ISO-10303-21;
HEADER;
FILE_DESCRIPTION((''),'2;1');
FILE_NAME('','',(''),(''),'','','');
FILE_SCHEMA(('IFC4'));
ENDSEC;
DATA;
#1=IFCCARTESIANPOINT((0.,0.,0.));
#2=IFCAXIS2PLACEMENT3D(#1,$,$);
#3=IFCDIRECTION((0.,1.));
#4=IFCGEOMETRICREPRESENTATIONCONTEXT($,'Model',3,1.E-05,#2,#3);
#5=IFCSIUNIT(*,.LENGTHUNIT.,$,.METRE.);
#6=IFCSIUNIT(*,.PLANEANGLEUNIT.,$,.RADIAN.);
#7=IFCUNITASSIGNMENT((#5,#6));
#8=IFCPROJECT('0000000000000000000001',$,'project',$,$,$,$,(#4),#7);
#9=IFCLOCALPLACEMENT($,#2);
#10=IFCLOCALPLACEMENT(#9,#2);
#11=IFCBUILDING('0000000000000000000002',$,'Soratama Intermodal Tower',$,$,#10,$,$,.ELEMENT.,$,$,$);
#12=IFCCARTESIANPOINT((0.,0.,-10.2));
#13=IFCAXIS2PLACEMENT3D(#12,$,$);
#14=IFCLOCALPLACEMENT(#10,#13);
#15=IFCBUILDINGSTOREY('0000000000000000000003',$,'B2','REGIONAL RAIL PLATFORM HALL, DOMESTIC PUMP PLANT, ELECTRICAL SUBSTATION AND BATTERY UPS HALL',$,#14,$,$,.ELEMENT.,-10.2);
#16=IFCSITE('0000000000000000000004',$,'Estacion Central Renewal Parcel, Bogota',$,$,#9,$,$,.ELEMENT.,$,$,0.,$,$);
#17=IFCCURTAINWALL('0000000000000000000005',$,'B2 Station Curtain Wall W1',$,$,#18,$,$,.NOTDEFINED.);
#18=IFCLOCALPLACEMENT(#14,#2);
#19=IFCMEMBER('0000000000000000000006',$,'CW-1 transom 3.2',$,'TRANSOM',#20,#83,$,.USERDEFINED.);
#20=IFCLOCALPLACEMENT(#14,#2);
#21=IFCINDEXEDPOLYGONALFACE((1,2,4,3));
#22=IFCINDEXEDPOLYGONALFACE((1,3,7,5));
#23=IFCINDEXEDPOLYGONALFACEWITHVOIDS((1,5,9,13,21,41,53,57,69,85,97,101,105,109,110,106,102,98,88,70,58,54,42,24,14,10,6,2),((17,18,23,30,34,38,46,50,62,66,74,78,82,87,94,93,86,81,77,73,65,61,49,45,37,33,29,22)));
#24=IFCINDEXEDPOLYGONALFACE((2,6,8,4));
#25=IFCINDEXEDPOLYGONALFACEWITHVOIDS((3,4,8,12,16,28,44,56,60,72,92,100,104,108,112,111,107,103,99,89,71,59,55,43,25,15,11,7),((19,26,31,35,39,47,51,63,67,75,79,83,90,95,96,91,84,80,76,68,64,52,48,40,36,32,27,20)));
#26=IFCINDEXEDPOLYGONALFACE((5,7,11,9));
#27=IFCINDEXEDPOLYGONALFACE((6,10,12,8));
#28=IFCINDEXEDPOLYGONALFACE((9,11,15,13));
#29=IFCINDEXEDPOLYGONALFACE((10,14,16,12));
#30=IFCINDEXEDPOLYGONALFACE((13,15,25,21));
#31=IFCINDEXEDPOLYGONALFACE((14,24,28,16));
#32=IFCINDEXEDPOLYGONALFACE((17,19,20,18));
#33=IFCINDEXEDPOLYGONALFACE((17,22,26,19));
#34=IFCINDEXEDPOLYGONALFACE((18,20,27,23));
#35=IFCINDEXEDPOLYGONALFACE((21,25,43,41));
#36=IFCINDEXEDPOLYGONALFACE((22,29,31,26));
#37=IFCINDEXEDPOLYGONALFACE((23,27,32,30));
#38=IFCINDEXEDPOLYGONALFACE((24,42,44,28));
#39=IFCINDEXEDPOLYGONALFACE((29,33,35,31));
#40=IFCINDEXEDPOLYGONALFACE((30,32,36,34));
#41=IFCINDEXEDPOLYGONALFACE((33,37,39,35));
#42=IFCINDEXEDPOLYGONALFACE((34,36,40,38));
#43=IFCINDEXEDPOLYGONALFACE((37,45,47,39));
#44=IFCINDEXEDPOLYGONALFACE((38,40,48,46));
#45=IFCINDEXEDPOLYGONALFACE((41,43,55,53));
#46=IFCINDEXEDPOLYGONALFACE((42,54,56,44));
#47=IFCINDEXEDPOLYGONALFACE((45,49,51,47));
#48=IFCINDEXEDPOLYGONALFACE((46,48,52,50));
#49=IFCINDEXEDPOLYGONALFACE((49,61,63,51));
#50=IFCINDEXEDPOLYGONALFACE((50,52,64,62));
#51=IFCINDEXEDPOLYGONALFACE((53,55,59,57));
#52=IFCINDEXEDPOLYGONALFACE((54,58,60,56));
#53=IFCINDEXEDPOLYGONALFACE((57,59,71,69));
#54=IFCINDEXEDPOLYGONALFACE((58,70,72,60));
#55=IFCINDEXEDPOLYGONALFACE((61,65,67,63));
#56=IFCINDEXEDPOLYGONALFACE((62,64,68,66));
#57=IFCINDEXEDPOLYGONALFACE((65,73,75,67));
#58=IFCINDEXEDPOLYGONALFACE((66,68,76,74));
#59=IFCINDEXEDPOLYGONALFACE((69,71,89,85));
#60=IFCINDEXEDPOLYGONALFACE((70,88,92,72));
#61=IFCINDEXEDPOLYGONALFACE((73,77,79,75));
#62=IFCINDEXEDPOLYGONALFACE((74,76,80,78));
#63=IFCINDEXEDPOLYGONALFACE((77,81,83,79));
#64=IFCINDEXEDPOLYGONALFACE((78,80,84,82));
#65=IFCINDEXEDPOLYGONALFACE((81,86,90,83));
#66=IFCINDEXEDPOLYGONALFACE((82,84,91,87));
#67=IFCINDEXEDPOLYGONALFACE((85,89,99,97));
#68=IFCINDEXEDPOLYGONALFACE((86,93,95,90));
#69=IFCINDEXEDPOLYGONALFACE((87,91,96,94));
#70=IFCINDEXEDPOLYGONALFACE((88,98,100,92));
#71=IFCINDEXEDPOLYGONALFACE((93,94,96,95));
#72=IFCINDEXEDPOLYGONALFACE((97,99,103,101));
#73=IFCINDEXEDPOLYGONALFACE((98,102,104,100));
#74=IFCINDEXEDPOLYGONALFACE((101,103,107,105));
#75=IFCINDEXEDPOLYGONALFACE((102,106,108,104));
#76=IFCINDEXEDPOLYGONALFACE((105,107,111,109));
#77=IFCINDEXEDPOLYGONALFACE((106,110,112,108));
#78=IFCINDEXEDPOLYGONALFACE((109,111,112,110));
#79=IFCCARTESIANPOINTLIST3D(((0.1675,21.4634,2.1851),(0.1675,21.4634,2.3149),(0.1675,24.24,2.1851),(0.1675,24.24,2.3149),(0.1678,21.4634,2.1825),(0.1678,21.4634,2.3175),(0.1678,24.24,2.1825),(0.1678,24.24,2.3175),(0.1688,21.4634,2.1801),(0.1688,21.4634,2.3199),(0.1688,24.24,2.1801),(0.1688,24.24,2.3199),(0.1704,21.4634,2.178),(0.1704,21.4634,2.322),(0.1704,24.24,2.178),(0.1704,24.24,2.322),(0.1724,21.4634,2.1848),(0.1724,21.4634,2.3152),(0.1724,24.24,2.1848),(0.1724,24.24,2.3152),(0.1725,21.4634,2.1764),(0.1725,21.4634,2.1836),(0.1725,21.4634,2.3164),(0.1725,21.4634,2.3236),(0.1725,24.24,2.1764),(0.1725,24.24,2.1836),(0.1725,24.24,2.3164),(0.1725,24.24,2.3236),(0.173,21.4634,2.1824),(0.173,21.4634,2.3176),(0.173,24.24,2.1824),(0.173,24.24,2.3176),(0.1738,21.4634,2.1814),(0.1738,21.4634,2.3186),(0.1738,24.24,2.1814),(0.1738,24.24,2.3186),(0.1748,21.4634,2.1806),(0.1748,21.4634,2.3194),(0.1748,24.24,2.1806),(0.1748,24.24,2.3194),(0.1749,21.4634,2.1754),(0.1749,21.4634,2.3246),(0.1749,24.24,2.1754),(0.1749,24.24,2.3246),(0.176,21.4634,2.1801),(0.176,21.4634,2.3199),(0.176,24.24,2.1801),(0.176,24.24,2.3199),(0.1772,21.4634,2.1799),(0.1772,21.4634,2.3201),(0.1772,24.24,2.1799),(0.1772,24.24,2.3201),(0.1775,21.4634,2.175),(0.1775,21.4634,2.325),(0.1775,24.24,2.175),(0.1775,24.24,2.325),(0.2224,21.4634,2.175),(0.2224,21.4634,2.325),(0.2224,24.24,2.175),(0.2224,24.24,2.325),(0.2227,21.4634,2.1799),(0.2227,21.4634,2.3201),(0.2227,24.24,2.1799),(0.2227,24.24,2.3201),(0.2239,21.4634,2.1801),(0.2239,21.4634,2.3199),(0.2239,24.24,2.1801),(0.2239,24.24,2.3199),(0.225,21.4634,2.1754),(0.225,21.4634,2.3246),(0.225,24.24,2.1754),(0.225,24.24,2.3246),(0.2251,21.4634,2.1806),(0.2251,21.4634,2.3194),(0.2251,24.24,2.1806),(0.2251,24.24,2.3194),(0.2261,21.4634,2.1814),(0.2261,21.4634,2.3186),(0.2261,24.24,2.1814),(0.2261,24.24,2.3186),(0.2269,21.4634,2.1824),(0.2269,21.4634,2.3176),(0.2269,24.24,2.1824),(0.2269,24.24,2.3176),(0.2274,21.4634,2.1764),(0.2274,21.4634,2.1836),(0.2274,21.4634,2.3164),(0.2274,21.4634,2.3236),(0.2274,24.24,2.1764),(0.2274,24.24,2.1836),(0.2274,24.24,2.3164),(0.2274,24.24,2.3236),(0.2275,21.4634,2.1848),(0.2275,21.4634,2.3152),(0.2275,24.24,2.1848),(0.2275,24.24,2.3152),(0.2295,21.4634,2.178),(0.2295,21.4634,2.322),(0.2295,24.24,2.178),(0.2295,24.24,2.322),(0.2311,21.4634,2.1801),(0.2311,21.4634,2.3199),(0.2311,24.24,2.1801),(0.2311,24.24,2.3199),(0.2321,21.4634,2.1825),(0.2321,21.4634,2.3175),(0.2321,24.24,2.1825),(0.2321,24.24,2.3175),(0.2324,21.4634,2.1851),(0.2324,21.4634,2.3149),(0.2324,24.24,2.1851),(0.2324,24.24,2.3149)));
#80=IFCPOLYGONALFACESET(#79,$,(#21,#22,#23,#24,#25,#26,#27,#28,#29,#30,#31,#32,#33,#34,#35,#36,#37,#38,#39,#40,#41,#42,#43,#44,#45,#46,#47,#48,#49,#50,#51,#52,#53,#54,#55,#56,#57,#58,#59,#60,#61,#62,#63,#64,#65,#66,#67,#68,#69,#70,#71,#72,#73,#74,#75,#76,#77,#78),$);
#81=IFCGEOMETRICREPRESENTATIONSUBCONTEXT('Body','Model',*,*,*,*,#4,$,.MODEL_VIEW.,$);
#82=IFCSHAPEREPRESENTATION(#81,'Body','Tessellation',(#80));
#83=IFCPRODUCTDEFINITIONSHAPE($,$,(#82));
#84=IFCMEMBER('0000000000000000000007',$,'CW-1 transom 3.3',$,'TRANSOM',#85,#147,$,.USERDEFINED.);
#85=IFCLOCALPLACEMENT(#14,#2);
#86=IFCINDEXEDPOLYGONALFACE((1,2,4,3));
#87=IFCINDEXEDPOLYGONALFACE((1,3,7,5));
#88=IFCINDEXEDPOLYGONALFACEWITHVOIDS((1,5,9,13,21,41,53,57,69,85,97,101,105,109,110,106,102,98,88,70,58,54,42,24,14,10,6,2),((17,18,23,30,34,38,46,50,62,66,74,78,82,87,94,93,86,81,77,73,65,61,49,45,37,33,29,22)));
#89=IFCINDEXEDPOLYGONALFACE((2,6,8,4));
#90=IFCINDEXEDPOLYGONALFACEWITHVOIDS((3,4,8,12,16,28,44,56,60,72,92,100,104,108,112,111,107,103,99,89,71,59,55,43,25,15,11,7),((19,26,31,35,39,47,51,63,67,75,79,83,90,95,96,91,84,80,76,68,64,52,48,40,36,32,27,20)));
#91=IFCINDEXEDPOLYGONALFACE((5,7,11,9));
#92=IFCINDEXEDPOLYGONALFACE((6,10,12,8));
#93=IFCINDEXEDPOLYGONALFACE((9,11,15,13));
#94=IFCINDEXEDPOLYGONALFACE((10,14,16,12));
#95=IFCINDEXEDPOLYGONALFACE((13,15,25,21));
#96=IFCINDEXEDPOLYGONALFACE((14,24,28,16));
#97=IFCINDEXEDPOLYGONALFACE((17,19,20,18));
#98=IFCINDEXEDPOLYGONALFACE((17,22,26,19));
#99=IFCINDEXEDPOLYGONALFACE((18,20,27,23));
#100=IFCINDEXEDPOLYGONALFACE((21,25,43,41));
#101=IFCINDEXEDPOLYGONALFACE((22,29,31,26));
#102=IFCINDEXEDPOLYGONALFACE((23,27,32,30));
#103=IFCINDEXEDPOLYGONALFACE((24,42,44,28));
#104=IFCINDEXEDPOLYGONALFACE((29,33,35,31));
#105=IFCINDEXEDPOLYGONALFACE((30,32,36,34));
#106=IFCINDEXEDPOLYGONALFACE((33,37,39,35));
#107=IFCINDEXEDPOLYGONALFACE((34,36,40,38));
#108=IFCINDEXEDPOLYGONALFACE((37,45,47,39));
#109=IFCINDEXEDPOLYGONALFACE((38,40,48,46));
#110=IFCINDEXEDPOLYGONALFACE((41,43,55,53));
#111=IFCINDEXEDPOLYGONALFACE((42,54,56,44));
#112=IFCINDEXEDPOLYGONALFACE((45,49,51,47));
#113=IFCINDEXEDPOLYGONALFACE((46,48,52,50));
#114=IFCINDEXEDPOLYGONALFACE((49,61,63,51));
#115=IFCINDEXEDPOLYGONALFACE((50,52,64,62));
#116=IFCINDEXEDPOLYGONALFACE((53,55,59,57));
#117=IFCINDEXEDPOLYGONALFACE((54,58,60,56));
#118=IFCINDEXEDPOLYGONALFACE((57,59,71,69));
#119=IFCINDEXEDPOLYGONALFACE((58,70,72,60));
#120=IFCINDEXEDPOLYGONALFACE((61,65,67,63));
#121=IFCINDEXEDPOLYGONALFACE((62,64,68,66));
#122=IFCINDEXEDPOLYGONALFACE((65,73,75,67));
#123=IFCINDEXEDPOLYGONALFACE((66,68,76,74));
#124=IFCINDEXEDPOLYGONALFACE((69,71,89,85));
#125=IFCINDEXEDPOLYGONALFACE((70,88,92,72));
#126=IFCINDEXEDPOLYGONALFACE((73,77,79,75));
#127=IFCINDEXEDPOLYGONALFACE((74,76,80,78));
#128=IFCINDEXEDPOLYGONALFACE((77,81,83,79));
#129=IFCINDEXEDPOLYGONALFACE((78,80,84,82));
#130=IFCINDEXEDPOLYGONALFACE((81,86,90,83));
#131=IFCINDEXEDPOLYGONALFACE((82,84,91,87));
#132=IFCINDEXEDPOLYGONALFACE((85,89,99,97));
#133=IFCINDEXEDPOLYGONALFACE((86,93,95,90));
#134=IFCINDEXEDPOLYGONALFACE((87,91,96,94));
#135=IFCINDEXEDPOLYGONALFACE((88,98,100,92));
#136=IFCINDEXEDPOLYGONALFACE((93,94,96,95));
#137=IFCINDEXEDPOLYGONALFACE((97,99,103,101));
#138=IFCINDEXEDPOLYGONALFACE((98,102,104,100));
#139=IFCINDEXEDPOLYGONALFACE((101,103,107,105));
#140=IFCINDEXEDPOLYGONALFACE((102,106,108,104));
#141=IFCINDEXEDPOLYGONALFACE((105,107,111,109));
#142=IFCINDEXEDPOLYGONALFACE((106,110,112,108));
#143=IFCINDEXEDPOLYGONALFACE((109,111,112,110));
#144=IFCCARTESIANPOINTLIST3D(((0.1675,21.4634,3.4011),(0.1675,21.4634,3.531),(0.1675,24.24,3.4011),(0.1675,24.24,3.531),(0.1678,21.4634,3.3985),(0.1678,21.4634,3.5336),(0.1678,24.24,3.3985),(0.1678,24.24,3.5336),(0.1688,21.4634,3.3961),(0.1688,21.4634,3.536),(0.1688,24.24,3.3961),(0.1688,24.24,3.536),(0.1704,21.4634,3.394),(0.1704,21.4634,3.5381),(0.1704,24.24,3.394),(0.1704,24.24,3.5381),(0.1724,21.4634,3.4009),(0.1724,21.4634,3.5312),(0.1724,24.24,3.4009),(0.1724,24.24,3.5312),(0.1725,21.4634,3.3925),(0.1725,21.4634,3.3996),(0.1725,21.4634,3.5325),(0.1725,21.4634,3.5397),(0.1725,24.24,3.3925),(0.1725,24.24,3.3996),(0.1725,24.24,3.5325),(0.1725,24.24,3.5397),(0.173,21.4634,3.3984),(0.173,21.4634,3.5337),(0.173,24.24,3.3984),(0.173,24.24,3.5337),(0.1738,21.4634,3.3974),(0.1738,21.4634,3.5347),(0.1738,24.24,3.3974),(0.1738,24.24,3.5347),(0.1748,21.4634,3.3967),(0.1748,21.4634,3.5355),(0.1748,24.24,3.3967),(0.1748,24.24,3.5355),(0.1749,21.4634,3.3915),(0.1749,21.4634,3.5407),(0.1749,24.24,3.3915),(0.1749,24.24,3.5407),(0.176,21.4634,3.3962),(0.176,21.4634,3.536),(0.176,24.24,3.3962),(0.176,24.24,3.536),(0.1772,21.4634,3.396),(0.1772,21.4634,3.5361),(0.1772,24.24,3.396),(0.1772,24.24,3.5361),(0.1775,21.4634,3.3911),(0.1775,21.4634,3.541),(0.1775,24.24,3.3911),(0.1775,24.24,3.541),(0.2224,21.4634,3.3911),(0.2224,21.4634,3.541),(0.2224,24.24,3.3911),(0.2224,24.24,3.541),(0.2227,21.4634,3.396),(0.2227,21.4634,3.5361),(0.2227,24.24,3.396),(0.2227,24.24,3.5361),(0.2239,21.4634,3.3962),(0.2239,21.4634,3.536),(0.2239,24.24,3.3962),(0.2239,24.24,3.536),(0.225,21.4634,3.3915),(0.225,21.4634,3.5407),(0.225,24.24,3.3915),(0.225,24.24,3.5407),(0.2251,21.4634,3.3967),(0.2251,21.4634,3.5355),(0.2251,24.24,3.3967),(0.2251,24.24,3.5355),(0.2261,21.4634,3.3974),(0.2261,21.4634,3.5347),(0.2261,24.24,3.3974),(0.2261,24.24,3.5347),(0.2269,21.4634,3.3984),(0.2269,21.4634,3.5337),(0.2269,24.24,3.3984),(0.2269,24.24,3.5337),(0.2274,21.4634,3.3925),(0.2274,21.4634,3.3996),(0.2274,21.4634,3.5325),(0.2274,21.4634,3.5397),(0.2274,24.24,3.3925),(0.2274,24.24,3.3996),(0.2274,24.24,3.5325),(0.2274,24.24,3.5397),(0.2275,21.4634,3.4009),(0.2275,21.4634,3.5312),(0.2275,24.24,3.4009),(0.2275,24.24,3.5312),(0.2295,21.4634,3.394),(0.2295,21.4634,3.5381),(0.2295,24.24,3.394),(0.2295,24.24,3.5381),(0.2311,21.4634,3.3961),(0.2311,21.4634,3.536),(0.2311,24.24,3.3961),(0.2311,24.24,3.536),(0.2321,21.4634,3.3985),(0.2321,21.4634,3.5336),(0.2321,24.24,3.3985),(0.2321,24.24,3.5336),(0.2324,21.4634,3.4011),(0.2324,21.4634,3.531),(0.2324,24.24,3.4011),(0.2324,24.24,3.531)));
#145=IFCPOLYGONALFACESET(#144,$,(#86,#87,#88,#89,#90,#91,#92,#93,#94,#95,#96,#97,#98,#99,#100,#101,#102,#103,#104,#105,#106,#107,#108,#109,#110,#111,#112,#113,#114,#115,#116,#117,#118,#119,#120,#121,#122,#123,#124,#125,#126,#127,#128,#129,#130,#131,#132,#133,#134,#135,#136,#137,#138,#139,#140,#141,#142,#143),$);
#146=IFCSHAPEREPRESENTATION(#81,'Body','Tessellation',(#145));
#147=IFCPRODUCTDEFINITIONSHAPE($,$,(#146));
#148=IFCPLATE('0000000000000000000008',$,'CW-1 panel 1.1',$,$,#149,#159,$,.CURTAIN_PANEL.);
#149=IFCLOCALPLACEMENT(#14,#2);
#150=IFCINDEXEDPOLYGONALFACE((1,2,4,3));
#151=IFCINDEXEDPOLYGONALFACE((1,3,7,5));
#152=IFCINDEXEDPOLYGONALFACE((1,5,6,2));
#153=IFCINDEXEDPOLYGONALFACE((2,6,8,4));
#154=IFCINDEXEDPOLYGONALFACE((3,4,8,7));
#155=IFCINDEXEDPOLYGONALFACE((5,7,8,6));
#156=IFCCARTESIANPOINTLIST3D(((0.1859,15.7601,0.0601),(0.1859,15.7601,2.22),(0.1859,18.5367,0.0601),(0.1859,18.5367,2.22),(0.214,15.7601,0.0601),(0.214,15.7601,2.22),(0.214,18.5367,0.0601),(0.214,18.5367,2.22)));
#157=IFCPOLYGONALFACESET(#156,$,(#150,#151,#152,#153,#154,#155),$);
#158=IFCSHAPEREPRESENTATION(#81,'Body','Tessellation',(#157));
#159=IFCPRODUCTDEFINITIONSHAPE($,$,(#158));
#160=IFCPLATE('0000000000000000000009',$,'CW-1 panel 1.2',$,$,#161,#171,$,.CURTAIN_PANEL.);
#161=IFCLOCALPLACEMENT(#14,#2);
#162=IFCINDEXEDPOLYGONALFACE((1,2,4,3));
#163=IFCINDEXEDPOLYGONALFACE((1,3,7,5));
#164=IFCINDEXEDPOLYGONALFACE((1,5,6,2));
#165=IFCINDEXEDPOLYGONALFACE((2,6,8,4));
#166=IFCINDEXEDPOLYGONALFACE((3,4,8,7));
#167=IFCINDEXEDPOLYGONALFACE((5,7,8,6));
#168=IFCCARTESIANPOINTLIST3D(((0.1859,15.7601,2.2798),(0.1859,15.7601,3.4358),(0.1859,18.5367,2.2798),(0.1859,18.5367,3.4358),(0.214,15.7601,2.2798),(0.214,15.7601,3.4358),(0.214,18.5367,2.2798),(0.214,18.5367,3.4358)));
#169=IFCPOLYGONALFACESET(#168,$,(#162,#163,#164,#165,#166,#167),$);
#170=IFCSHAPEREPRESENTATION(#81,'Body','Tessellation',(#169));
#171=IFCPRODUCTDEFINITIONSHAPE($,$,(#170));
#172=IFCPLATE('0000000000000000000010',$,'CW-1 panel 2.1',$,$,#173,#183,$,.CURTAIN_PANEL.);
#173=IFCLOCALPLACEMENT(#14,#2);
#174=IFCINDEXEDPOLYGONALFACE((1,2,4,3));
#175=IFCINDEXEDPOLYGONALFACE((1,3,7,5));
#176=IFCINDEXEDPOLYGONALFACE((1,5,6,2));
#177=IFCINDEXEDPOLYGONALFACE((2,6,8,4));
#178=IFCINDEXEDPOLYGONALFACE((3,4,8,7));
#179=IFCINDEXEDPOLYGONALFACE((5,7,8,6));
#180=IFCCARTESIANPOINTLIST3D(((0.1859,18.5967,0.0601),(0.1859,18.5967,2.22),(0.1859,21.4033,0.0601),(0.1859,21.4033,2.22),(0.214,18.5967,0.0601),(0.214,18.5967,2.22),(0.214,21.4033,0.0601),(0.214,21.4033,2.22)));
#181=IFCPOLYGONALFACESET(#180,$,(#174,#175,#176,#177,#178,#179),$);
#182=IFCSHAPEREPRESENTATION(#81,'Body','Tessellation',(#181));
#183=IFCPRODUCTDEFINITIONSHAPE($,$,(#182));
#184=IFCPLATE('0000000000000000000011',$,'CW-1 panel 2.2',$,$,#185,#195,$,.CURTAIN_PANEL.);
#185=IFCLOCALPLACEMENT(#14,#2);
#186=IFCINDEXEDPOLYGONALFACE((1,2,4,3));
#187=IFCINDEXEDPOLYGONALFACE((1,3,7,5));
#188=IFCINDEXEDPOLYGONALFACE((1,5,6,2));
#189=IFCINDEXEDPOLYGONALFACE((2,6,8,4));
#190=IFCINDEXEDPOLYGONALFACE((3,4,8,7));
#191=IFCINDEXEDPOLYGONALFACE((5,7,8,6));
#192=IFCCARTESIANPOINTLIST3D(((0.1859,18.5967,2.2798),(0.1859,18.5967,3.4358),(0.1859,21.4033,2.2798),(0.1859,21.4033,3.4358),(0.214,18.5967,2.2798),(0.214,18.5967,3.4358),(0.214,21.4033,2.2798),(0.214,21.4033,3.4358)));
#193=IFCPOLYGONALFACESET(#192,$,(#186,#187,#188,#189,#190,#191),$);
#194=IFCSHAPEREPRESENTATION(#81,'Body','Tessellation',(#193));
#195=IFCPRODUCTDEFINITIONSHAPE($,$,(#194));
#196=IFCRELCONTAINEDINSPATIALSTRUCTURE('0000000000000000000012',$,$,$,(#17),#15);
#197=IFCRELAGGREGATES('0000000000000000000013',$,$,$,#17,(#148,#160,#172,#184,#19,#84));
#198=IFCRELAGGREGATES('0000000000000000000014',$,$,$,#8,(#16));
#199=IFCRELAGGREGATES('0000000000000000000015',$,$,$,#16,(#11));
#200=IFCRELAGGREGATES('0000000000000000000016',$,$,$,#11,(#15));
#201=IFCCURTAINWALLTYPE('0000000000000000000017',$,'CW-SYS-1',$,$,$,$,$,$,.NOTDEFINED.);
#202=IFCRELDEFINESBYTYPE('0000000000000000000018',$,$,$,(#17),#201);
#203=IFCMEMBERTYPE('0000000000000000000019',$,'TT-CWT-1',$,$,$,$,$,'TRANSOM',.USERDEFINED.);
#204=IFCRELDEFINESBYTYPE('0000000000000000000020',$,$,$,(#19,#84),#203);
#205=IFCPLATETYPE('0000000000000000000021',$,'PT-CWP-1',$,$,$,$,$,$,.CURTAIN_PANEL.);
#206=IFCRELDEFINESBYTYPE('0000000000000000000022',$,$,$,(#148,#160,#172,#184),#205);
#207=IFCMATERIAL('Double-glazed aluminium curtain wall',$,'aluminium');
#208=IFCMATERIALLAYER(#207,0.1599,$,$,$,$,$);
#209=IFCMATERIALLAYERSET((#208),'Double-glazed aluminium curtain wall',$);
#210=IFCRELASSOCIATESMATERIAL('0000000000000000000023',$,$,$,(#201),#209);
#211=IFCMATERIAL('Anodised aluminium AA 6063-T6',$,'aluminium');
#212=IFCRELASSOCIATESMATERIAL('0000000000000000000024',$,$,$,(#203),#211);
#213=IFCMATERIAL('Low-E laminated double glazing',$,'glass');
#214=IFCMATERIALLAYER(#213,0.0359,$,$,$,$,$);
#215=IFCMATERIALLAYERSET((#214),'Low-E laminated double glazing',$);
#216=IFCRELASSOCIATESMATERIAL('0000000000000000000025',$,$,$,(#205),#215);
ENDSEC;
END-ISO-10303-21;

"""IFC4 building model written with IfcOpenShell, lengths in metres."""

from ifc_helpers import new_model, si_unit, direction, frame, origin, origin_2d, place, context, subcontext, project, spatial, rectangle, hollow_rectangle, extrude, material, layer, layer_set, material_profile, profile_set, type_object, element, aggregate, save


model = new_model("IFC4")

# Units and contexts
model_context = context("Model", 3, precision=1e-05, world=origin(), true_north=direction((0.0, 1.0)))
body_context = subcontext(model_context, "Body", "Model", "MODEL_VIEW")
ifc_project = project(units=[si_unit("LENGTHUNIT", "METRE"), si_unit("PLANEANGLEUNIT", "RADIAN")], contexts=[model_context])

# Site, building, storey
site_placement = place(None, origin())
site = spatial("IfcSite", under=ifc_project, at=site_placement, Name="Estacion Central Renewal Parcel, Bogota", CompositionType="ELEMENT", RefElevation=0.0)
building_placement = place(site_placement, origin())
building = spatial("IfcBuilding", under=site, at=building_placement, Name="Soratama Intermodal Tower", CompositionType="ELEMENT")
storey_placement = place(building_placement, frame((0.0, 0.0, -10.2)))
storey = spatial("IfcBuildingStorey", under=building, at=storey_placement, Name="B2", Description="REGIONAL RAIL PLATFORM HALL, DOMESTIC PUMP PLANT, ELECTRICAL SUBSTATION AND BATTERY UPS HALL", CompositionType="ELEMENT", Elevation=-10.2)

# Curtain wall, members, plates
ifc_material_1 = material(Name="Double-glazed aluminium curtain wall", Category="aluminium")
ifc_layer_1 = layer(ifc_material_1, 0.1599)
ifc_layer_set_1 = layer_set([ifc_layer_1], Name="Double-glazed aluminium curtain wall")
curtain_wall_type = type_object("IfcCurtainWallType", Name="CW-SYS-1", PredefinedType="NOTDEFINED", material=ifc_layer_set_1)
curtain_wall_placement = place(storey_placement, origin())
curtain_wall = element("IfcCurtainWall", 1, at=curtain_wall_placement, inside=storey, type_object=curtain_wall_type, Name="B2 Station Curtain Wall W1", PredefinedType="NOTDEFINED")
ifc_material_2 = material(Name="Anodised aluminium AA 6063-T6", Category="aluminium")
ifc_material_profile_1 = material_profile(ifc_material_2, hollow_rectangle(XDim=0.0649, YDim=0.1499, WallThickness=0.0049, InnerFilletRadius=0.0049, OuterFilletRadius=0.01, at=origin_2d()), Name="CWT150X65X5")
ifc_profile_set_1 = profile_set([ifc_material_profile_1], Name="Anodised aluminium AA 6063-T6")
member_type_1 = type_object("IfcMemberType", Name="TT-CWT-1", ElementType="TRANSOM", PredefinedType="USERDEFINED", material=ifc_profile_set_1)
member_1_placement = place(storey_placement, frame((0.2, 21.4634, 2.25), z_axis=(0.0, 1.0, 0.0), x_axis=(-1.0, 0.0, 0.0)))
member_1 = element("IfcMember", 2, at=member_1_placement, type_object=member_type_1, Name="CW-1 transom 3.2", ObjectType="TRANSOM", PredefinedType="USERDEFINED", context=body_context, shape_type="SweptSolid", body=[
    extrude(hollow_rectangle(XDim=0.0649, YDim=0.1499, WallThickness=0.0049, InnerFilletRadius=0.0049, OuterFilletRadius=0.01, at=origin_2d()), origin(), (0.0, 0.0, 1.0), 2.7766),
])
member_2_placement = place(storey_placement, frame((0.2, 21.4634, 3.4661), z_axis=(0.0, 1.0, 0.0), x_axis=(-1.0, 0.0, 0.0)))
member_2 = element("IfcMember", 3, at=member_2_placement, type_object=member_type_1, Name="CW-1 transom 3.3", ObjectType="TRANSOM", PredefinedType="USERDEFINED", context=body_context, shape_type="SweptSolid", body=[
    extrude(hollow_rectangle(XDim=0.0649, YDim=0.1499, WallThickness=0.0049, InnerFilletRadius=0.0049, OuterFilletRadius=0.01, at=origin_2d()), origin(), (0.0, 0.0, 1.0), 2.7766),
])
ifc_material_3 = material(Name="Low-E laminated double glazing", Category="glass")
ifc_layer_2 = layer(ifc_material_3, 0.0359)
ifc_layer_set_2 = layer_set([ifc_layer_2], Name="Low-E laminated double glazing")
plate_type = type_object("IfcPlateType", Name="PT-CWP-1", PredefinedType="CURTAIN_PANEL", material=ifc_layer_set_2)
plate_1_placement = place(storey_placement, frame((0.2, 17.1484, 0.0601), z_axis=(0.0, 0.0, 1.0), x_axis=(0.0, 1.0, 0.0)))
plate_1 = element("IfcPlate", 4, at=plate_1_placement, type_object=plate_type, Name="CW-1 panel 1.1", PredefinedType="CURTAIN_PANEL", context=body_context, shape_type="SweptSolid", body=[
    extrude(rectangle(XDim=2.7766, YDim=0.0281, at=origin_2d()), origin(), (0.0, 0.0, 1.0), 2.1599),
])
plate_2_placement = place(storey_placement, frame((0.2, 17.1484, 2.2798), z_axis=(0.0, 0.0, 1.0), x_axis=(0.0, 1.0, 0.0)))
plate_2 = element("IfcPlate", 5, at=plate_2_placement, type_object=plate_type, Name="CW-1 panel 1.2", PredefinedType="CURTAIN_PANEL", context=body_context, shape_type="SweptSolid", body=[
    extrude(rectangle(XDim=2.7766, YDim=0.0281, at=origin_2d()), origin(), (0.0, 0.0, 1.0), 1.156),
])
plate_3_placement = place(storey_placement, frame((0.2, 20.0, 0.0601), z_axis=(0.0, 0.0, 1.0), x_axis=(0.0, 1.0, 0.0)))
plate_3 = element("IfcPlate", 6, at=plate_3_placement, type_object=plate_type, Name="CW-1 panel 2.1", PredefinedType="CURTAIN_PANEL", context=body_context, shape_type="SweptSolid", body=[
    extrude(rectangle(XDim=2.8066, YDim=0.0281, at=origin_2d()), origin(), (0.0, 0.0, 1.0), 2.1599),
])
plate_4_placement = place(storey_placement, frame((0.2, 20.0, 2.2798), z_axis=(0.0, 0.0, 1.0), x_axis=(0.0, 1.0, 0.0)))
plate_4 = element("IfcPlate", 7, at=plate_4_placement, type_object=plate_type, Name="CW-1 panel 2.2", PredefinedType="CURTAIN_PANEL", context=body_context, shape_type="SweptSolid", body=[
    extrude(rectangle(XDim=2.8066, YDim=0.0281, at=origin_2d()), origin(), (0.0, 0.0, 1.0), 1.156),
])
aggregate(curtain_wall, [plate_1, plate_2, plate_3, plate_4, member_1, member_2])

save(model, "model.ifc")
